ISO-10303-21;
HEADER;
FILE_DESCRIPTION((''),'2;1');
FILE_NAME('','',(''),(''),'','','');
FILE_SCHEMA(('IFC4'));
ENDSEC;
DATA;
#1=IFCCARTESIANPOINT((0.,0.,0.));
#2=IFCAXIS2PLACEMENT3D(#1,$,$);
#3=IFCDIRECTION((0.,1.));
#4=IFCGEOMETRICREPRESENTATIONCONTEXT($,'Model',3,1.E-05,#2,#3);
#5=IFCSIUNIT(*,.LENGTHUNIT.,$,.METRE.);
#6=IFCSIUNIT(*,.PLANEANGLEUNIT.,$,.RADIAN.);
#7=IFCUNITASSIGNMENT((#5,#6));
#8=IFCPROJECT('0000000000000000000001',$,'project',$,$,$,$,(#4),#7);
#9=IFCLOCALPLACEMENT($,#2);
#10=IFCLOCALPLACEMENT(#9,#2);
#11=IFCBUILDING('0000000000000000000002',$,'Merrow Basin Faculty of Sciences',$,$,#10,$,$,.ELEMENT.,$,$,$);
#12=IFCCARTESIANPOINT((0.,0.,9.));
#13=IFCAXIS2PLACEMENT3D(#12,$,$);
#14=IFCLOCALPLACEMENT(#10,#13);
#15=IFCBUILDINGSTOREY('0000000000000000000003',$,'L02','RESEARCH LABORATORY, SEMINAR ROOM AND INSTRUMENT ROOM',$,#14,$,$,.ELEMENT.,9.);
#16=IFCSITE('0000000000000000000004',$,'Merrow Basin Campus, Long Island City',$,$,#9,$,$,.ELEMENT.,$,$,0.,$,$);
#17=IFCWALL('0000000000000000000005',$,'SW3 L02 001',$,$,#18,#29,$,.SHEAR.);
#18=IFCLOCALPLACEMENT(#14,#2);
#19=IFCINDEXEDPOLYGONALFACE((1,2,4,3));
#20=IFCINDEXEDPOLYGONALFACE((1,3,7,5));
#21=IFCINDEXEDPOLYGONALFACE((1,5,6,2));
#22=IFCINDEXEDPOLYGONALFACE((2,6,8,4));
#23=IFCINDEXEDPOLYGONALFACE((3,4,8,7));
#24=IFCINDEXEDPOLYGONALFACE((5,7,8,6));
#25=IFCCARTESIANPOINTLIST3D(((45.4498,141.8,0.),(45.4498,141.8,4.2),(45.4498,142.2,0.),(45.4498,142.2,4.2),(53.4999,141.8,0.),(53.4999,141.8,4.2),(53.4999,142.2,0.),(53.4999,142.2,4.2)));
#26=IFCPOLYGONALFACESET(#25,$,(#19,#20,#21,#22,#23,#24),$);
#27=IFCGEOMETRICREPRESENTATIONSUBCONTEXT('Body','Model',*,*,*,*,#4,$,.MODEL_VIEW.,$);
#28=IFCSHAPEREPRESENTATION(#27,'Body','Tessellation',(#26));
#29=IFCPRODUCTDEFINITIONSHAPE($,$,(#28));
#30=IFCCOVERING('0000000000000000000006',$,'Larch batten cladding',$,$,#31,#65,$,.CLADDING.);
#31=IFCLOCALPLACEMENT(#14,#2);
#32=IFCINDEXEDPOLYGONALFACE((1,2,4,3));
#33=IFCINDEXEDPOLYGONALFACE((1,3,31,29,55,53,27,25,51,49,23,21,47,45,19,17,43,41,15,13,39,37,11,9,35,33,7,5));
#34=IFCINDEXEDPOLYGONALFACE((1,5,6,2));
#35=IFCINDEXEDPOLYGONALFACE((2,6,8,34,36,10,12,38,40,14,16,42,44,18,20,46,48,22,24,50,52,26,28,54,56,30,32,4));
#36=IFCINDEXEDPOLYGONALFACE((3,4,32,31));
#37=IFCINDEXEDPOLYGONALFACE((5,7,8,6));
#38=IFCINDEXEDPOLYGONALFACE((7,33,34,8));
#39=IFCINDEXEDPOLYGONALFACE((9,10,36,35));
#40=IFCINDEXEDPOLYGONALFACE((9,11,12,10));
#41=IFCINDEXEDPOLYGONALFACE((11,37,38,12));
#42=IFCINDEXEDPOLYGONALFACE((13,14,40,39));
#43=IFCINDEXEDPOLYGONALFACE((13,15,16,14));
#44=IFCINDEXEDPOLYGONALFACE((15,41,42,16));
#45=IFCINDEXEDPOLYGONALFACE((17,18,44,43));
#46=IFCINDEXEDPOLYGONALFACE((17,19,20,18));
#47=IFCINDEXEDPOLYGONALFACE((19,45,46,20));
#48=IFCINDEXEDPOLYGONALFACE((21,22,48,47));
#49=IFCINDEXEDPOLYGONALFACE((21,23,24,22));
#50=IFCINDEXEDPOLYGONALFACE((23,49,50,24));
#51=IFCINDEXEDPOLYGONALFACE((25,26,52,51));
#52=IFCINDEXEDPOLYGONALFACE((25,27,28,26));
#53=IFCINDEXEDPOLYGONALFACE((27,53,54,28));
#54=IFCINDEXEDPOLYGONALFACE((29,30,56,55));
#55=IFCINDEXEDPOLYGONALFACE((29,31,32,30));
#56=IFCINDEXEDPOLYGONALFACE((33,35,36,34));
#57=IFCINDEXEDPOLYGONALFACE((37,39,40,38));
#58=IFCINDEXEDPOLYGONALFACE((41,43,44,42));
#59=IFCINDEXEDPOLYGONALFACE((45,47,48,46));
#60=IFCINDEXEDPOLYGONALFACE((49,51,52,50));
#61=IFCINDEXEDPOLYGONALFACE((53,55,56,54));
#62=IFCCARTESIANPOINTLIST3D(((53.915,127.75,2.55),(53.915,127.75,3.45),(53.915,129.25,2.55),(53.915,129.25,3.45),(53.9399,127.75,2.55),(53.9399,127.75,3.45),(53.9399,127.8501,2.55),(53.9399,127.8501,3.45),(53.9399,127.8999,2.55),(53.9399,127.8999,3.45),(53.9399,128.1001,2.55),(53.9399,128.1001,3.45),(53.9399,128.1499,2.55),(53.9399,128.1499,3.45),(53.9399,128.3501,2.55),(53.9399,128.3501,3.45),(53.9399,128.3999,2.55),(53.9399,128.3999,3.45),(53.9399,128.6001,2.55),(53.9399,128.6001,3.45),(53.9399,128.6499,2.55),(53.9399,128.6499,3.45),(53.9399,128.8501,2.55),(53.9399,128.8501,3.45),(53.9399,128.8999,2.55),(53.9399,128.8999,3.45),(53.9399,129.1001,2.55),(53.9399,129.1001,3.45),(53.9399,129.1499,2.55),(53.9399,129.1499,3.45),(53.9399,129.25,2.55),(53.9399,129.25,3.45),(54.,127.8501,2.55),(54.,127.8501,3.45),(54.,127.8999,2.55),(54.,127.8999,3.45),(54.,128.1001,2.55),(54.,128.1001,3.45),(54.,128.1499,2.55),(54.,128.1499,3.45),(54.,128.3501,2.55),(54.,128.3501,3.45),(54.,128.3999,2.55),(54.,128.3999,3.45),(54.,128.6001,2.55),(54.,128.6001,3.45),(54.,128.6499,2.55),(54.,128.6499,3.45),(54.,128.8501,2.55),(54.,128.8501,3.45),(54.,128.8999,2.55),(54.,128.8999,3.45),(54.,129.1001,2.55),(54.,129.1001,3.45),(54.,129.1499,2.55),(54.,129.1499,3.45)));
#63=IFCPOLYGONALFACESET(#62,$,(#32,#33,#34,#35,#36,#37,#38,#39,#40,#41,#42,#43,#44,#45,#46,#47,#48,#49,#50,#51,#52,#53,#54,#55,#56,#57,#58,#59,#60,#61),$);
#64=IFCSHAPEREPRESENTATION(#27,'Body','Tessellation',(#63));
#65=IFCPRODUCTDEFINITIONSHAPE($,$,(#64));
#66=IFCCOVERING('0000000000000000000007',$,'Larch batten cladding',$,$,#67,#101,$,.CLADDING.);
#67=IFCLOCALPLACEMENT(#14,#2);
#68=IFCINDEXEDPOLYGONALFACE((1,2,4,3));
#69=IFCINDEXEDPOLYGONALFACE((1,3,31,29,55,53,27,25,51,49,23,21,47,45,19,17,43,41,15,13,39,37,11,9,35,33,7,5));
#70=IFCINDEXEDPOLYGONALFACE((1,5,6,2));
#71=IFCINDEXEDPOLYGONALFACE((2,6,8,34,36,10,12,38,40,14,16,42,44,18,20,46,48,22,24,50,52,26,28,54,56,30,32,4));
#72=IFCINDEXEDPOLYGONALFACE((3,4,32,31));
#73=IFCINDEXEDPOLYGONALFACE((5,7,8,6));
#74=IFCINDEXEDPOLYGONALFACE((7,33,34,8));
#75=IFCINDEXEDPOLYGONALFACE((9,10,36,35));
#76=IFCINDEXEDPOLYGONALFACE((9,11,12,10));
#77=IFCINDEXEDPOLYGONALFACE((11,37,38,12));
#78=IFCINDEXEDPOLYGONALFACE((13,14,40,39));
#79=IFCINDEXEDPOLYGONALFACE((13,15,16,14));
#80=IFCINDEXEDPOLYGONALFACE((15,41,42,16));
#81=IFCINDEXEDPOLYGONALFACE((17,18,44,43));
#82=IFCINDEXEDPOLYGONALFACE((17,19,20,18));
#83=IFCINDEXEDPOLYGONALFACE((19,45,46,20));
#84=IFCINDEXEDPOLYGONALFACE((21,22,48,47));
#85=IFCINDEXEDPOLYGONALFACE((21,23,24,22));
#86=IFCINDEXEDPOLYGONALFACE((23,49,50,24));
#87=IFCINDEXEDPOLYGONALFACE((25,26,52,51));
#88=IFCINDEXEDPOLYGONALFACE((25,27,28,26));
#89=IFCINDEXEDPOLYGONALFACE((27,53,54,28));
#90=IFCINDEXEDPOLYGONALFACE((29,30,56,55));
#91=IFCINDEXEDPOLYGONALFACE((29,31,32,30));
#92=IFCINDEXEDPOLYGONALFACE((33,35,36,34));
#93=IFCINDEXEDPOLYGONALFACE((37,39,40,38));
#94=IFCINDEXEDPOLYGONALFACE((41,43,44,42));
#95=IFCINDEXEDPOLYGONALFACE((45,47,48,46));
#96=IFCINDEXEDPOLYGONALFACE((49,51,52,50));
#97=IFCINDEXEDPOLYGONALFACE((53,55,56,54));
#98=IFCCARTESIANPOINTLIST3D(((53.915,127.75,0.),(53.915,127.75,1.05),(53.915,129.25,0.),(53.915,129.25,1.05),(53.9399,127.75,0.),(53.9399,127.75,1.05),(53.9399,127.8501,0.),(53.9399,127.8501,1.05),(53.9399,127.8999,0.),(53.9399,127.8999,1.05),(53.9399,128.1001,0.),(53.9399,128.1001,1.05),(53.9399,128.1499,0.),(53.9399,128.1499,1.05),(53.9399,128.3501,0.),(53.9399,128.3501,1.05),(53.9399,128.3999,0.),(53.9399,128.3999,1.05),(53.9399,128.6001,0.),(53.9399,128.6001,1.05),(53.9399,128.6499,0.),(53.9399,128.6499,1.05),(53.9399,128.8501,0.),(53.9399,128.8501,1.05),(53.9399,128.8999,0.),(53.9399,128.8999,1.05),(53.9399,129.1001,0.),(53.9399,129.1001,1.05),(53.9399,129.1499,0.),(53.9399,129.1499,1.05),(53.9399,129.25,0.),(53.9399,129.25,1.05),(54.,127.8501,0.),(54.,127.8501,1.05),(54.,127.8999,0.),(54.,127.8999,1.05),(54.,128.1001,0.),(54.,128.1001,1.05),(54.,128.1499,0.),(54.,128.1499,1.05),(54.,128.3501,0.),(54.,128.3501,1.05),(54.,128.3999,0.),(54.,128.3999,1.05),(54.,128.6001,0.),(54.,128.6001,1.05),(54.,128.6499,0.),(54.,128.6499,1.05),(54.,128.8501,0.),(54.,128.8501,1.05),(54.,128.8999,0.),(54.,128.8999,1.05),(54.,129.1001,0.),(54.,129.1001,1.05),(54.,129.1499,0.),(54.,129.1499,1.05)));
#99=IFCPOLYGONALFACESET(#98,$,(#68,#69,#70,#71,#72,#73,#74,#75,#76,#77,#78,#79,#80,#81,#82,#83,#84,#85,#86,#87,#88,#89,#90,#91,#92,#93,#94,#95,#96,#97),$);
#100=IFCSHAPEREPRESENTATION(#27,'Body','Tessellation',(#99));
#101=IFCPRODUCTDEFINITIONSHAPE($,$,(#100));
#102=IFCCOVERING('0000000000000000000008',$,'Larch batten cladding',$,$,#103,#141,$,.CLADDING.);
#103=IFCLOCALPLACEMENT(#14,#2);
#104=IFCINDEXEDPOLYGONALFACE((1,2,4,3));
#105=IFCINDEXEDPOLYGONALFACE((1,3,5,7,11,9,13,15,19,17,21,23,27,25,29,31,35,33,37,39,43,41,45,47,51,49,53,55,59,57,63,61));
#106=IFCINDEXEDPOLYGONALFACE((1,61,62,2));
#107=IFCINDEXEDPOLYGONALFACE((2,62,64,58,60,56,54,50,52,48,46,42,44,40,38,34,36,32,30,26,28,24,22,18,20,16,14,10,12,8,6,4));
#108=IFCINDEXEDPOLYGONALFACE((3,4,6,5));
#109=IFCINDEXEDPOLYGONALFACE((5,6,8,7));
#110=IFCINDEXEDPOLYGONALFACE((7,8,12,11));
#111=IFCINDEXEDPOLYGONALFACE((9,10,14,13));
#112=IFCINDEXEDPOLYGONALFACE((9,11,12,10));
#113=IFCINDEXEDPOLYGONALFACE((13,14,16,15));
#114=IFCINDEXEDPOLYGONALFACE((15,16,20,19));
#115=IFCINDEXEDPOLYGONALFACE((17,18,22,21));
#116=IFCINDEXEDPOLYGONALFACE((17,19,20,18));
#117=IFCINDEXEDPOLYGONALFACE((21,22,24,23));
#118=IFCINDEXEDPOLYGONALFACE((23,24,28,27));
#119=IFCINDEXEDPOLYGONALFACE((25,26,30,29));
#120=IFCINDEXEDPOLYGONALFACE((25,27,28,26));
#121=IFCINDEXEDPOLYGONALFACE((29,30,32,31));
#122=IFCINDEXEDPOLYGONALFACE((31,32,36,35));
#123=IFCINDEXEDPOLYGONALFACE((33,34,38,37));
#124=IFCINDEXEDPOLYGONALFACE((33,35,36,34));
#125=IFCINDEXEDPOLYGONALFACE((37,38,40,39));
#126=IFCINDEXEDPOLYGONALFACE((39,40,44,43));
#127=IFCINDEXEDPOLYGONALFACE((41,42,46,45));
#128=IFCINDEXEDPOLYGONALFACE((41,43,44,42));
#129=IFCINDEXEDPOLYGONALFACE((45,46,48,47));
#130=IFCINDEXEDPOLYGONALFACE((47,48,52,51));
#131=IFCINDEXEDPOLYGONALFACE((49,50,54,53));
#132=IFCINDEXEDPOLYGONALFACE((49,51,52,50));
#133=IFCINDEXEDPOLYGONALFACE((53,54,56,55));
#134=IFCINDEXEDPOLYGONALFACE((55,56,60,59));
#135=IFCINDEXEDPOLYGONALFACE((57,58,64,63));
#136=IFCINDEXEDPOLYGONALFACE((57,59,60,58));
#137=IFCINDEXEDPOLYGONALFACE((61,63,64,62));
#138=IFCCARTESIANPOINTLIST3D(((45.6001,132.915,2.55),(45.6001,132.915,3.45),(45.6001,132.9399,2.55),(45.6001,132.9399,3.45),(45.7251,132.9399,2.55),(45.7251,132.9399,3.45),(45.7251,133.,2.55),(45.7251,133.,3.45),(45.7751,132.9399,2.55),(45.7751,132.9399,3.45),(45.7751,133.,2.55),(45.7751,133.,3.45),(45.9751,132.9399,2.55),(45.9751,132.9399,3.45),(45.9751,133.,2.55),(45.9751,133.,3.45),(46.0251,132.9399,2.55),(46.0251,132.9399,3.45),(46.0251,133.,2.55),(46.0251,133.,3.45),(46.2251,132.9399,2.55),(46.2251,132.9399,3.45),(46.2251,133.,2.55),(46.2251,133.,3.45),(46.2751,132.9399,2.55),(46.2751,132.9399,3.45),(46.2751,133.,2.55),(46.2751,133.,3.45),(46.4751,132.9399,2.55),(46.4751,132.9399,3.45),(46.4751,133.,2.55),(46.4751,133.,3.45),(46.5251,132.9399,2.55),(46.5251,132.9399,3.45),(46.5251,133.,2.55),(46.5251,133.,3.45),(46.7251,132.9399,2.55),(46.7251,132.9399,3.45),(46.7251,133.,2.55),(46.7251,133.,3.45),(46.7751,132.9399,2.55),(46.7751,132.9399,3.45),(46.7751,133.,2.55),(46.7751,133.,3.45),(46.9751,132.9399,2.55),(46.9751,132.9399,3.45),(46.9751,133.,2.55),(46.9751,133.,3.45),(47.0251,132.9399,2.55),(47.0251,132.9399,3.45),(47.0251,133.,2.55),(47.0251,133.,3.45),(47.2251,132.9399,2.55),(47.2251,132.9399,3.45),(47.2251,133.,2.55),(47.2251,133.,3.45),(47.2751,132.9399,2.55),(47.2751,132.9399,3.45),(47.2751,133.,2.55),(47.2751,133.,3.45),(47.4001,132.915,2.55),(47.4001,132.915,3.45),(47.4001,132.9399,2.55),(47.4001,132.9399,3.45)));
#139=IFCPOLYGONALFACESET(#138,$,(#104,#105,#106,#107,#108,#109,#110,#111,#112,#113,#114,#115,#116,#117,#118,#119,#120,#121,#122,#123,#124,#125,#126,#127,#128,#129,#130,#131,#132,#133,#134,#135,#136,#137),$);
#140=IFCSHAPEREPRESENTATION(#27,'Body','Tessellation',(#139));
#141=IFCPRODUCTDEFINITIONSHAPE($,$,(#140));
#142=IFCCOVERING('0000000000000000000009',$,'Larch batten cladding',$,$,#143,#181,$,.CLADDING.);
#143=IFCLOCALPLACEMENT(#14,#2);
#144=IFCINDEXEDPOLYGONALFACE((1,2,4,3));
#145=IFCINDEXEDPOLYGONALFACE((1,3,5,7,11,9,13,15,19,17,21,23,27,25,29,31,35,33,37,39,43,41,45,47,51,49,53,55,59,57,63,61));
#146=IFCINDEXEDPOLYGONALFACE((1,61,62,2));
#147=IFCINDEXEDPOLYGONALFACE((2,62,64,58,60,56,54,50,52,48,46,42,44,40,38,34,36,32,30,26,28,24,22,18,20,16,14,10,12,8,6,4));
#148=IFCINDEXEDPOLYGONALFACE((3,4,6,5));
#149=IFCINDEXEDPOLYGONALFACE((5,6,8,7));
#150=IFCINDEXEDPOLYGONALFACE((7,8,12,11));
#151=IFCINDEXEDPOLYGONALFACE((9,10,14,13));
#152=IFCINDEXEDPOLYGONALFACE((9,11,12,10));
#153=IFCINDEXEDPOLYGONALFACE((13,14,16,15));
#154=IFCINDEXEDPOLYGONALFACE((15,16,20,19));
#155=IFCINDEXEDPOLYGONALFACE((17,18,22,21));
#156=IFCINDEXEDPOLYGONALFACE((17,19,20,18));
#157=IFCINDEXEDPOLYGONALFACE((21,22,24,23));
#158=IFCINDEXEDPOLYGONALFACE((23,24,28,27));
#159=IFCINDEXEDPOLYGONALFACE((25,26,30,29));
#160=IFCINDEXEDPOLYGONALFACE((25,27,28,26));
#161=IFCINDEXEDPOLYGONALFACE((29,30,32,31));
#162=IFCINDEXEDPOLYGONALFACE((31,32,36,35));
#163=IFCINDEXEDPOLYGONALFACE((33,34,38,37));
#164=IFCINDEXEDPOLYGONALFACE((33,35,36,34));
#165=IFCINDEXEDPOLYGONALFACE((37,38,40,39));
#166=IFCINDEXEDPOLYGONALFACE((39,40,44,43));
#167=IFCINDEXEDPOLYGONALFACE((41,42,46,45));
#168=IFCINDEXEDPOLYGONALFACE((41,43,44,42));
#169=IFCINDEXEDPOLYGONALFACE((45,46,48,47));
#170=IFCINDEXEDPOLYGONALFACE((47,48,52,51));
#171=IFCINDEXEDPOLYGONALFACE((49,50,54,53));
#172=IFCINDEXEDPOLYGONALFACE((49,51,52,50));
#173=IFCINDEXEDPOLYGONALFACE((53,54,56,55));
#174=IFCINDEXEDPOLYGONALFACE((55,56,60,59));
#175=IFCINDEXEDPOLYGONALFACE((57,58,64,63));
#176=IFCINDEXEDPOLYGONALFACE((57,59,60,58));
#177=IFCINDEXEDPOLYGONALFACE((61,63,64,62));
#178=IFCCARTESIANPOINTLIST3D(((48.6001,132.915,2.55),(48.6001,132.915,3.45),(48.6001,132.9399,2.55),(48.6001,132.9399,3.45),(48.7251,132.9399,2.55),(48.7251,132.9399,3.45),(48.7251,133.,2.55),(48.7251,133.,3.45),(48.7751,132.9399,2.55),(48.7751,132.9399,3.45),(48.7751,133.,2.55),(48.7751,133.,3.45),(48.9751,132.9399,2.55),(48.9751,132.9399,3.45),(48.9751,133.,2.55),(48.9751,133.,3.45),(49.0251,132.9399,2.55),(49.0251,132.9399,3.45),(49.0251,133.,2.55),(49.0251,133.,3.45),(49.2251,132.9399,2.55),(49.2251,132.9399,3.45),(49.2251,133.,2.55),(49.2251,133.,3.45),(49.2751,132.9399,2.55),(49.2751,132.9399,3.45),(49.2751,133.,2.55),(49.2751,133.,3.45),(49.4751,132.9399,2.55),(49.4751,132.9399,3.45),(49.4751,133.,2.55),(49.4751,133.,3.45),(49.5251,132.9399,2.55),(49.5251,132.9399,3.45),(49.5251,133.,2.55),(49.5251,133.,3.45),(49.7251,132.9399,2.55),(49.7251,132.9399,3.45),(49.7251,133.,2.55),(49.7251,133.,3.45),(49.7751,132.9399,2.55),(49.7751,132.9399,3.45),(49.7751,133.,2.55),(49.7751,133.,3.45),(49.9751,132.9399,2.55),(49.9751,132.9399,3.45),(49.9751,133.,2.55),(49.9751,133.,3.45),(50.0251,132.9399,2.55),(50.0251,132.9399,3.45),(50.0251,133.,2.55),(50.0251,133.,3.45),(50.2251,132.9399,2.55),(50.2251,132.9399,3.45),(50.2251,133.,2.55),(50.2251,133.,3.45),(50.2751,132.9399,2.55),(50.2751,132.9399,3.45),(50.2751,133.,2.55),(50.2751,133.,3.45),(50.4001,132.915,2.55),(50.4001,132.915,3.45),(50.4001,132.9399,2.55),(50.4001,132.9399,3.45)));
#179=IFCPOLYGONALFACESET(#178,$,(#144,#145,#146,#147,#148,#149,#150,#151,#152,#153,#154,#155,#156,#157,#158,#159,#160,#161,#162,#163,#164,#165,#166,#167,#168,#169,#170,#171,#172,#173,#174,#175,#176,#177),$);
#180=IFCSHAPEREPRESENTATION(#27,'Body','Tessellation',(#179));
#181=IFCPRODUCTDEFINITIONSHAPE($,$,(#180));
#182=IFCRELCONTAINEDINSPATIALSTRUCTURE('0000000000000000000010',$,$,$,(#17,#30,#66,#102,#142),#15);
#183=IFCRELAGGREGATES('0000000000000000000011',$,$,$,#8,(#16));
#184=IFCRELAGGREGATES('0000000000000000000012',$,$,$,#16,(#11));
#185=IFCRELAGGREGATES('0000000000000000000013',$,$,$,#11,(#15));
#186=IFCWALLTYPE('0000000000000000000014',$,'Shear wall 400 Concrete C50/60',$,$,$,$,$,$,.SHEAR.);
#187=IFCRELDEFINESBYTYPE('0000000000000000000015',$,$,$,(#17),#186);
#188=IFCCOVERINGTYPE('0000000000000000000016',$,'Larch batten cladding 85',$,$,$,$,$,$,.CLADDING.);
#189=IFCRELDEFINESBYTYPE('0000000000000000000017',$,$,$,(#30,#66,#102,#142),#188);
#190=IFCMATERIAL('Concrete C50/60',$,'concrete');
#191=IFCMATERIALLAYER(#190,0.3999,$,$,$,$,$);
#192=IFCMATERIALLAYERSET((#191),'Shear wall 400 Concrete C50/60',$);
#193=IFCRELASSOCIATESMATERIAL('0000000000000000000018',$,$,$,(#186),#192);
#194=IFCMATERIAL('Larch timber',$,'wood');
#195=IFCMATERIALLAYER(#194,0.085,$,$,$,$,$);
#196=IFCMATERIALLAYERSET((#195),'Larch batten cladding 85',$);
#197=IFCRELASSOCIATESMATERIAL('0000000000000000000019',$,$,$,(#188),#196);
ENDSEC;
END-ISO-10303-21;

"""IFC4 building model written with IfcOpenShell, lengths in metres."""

from ifc_helpers import new_model, si_unit, direction, frame, frame_2d, origin, place, context, subcontext, project, spatial, polyline, rectangle, outline, extrude, source, transform, mapped, material, layer, layer_set, type_object, element, save


model = new_model("IFC4")

# Units and contexts
model_context = context("Model", 3, precision=1e-05, world=origin(), true_north=direction((0.0, 1.0)))
body_context = subcontext(model_context, "Body", "Model", "MODEL_VIEW")
ifc_project = project(units=[si_unit("LENGTHUNIT", "METRE"), si_unit("PLANEANGLEUNIT", "RADIAN")], contexts=[model_context])

# Site, building, storey
site_placement = place(None, origin())
site = spatial("IfcSite", under=ifc_project, at=site_placement, Name="Merrow Basin Campus, Long Island City", CompositionType="ELEMENT", RefElevation=0.0)
building_placement = place(site_placement, origin())
building = spatial("IfcBuilding", under=site, at=building_placement, Name="Merrow Basin Faculty of Sciences", CompositionType="ELEMENT")
storey_placement = place(building_placement, frame((0.0, 0.0, 9.0)))
storey = spatial("IfcBuildingStorey", under=building, at=storey_placement, Name="L02", Description="RESEARCH LABORATORY, SEMINAR ROOM AND INSTRUMENT ROOM", CompositionType="ELEMENT", Elevation=9.0)

# Wall
ifc_material_1 = material(Name="Concrete C50/60", Category="concrete")
ifc_layer_1 = layer(ifc_material_1, 0.3999)
ifc_layer_set_1 = layer_set([ifc_layer_1], Name="Shear wall 400 Concrete C50/60")
wall_type_1 = type_object("IfcWallType", Name="Shear wall 400 Concrete C50/60", PredefinedType="SHEAR", material=ifc_layer_set_1)
wall_1_placement = place(storey_placement, frame((45.45, 142.0, 0.0), z_axis=(0.0, 0.0, 1.0), x_axis=(1.0, 0.0, 0.0)))
element("IfcWall", 1, at=wall_1_placement, inside=storey, type_object=wall_type_1, Name="SW3 L02 001", PredefinedType="SHEAR", context=body_context, shape_type="SweptSolid", body=[
    extrude(rectangle(XDim=8.05, YDim=0.3999, at=frame_2d((4.0249, 0.0))), origin(), (0.0, 0.0, 1.0), 4.2),
])

# Coverings
ifc_material_2 = material(Name="Larch timber", Category="wood")
ifc_layer_2 = layer(ifc_material_2, 0.085)
ifc_layer_set_2 = layer_set([ifc_layer_2], Name="Larch batten cladding 85")
covering_type = type_object("IfcCoveringType", Name="Larch batten cladding 85", PredefinedType="CLADDING", material=ifc_layer_set_2)
shared_shape_1 = source(origin(), body_context, "Body", "SweptSolid", [
    extrude(outline(polyline([(0.0, 0.0), (1.5, 0.0), (1.5, 0.0249), (1.3999, 0.0249), (1.3999, 0.085), (1.3501, 0.085), (1.3501, 0.0249), (1.1499, 0.0249), (1.1499, 0.085), (1.1001, 0.085), (1.1001, 0.0249), (0.8999, 0.0249), (0.8999, 0.085), (0.8501, 0.085), (0.8501, 0.0249), (0.6499, 0.0249), (0.6499, 0.085), (0.6001, 0.085), (0.6001, 0.0249), (0.3999, 0.0249), (0.3999, 0.085), (0.3501, 0.085), (0.3501, 0.0249), (0.1499, 0.0249), (0.1499, 0.085), (0.1001, 0.085), (0.1001, 0.0249), (0.0, 0.0249), (0.0, 0.0)])), origin(), (0.0, 0.0, 1.0), 0.8999),
])
covering_1_placement = place(storey_placement, frame((53.915, 129.25, 2.55), z_axis=(0.0, 0.0, 1.0), x_axis=(0.0, -1.0, 0.0)))
element("IfcCovering", 2, at=covering_1_placement, inside=storey, type_object=covering_type, Name="Larch batten cladding", PredefinedType="CLADDING", context=body_context, shape_type="MappedRepresentation", body=[
    mapped(shared_shape_1, transform((0.0, 0.0, 0.0), scale=1.0)),
])
shared_shape_2 = source(origin(), body_context, "Body", "SweptSolid", [
    extrude(outline(polyline([(0.0, 0.0), (1.5, 0.0), (1.5, 0.0249), (1.3999, 0.0249), (1.3999, 0.085), (1.3501, 0.085), (1.3501, 0.0249), (1.1499, 0.0249), (1.1499, 0.085), (1.1001, 0.085), (1.1001, 0.0249), (0.8999, 0.0249), (0.8999, 0.085), (0.8501, 0.085), (0.8501, 0.0249), (0.6499, 0.0249), (0.6499, 0.085), (0.6001, 0.085), (0.6001, 0.0249), (0.3999, 0.0249), (0.3999, 0.085), (0.3501, 0.085), (0.3501, 0.0249), (0.1499, 0.0249), (0.1499, 0.085), (0.1001, 0.085), (0.1001, 0.0249), (0.0, 0.0249), (0.0, 0.0)])), origin(), (0.0, 0.0, 1.0), 1.05),
])
covering_2_placement = place(storey_placement, frame((53.915, 129.25, 0.0), z_axis=(0.0, 0.0, 1.0), x_axis=(0.0, -1.0, 0.0)))
element("IfcCovering", 3, at=covering_2_placement, inside=storey, type_object=covering_type, Name="Larch batten cladding", PredefinedType="CLADDING", context=body_context, shape_type="MappedRepresentation", body=[
    mapped(shared_shape_2, transform((0.0, 0.0, 0.0), scale=1.0)),
])
shared_shape_3 = source(origin(), body_context, "Body", "SweptSolid", [
    extrude(outline(polyline([(0.0, 0.0), (1.8, 0.0), (1.8, 0.0249), (1.675, 0.0249), (1.675, 0.085), (1.625, 0.085), (1.625, 0.0249), (1.425, 0.0249), (1.425, 0.085), (1.375, 0.085), (1.375, 0.0249), (1.175, 0.0249), (1.175, 0.085), (1.125, 0.085), (1.125, 0.0249), (0.925, 0.0249), (0.925, 0.085), (0.875, 0.085), (0.875, 0.0249), (0.675, 0.0249), (0.675, 0.085), (0.625, 0.085), (0.625, 0.0249), (0.425, 0.0249), (0.425, 0.085), (0.375, 0.085), (0.375, 0.0249), (0.175, 0.0249), (0.175, 0.085), (0.125, 0.085), (0.125, 0.0249), (0.0, 0.0249), (0.0, 0.0)])), origin(), (0.0, 0.0, 1.0), 0.8999),
])
for number, where, z_axis, x_axis, name in (
    (4, (45.6001, 132.915, 2.55), (0.0, 0.0, 1.0), (1.0, 0.0, 0.0), "Larch batten cladding"),
    (5, (48.6001, 132.915, 2.55), (0.0, 0.0, 1.0), (1.0, 0.0, 0.0), "Larch batten cladding"),
):
    element("IfcCovering", number, at=place(storey_placement, frame(where, z_axis=z_axis, x_axis=x_axis)), inside=storey, type_object=covering_type, Name=name, PredefinedType="CLADDING", context=body_context, shape_type="MappedRepresentation", body=[
        mapped(shared_shape_3, transform((0.0, 0.0, 0.0), scale=1.0)),
    ])

save(model, "model.ifc")
